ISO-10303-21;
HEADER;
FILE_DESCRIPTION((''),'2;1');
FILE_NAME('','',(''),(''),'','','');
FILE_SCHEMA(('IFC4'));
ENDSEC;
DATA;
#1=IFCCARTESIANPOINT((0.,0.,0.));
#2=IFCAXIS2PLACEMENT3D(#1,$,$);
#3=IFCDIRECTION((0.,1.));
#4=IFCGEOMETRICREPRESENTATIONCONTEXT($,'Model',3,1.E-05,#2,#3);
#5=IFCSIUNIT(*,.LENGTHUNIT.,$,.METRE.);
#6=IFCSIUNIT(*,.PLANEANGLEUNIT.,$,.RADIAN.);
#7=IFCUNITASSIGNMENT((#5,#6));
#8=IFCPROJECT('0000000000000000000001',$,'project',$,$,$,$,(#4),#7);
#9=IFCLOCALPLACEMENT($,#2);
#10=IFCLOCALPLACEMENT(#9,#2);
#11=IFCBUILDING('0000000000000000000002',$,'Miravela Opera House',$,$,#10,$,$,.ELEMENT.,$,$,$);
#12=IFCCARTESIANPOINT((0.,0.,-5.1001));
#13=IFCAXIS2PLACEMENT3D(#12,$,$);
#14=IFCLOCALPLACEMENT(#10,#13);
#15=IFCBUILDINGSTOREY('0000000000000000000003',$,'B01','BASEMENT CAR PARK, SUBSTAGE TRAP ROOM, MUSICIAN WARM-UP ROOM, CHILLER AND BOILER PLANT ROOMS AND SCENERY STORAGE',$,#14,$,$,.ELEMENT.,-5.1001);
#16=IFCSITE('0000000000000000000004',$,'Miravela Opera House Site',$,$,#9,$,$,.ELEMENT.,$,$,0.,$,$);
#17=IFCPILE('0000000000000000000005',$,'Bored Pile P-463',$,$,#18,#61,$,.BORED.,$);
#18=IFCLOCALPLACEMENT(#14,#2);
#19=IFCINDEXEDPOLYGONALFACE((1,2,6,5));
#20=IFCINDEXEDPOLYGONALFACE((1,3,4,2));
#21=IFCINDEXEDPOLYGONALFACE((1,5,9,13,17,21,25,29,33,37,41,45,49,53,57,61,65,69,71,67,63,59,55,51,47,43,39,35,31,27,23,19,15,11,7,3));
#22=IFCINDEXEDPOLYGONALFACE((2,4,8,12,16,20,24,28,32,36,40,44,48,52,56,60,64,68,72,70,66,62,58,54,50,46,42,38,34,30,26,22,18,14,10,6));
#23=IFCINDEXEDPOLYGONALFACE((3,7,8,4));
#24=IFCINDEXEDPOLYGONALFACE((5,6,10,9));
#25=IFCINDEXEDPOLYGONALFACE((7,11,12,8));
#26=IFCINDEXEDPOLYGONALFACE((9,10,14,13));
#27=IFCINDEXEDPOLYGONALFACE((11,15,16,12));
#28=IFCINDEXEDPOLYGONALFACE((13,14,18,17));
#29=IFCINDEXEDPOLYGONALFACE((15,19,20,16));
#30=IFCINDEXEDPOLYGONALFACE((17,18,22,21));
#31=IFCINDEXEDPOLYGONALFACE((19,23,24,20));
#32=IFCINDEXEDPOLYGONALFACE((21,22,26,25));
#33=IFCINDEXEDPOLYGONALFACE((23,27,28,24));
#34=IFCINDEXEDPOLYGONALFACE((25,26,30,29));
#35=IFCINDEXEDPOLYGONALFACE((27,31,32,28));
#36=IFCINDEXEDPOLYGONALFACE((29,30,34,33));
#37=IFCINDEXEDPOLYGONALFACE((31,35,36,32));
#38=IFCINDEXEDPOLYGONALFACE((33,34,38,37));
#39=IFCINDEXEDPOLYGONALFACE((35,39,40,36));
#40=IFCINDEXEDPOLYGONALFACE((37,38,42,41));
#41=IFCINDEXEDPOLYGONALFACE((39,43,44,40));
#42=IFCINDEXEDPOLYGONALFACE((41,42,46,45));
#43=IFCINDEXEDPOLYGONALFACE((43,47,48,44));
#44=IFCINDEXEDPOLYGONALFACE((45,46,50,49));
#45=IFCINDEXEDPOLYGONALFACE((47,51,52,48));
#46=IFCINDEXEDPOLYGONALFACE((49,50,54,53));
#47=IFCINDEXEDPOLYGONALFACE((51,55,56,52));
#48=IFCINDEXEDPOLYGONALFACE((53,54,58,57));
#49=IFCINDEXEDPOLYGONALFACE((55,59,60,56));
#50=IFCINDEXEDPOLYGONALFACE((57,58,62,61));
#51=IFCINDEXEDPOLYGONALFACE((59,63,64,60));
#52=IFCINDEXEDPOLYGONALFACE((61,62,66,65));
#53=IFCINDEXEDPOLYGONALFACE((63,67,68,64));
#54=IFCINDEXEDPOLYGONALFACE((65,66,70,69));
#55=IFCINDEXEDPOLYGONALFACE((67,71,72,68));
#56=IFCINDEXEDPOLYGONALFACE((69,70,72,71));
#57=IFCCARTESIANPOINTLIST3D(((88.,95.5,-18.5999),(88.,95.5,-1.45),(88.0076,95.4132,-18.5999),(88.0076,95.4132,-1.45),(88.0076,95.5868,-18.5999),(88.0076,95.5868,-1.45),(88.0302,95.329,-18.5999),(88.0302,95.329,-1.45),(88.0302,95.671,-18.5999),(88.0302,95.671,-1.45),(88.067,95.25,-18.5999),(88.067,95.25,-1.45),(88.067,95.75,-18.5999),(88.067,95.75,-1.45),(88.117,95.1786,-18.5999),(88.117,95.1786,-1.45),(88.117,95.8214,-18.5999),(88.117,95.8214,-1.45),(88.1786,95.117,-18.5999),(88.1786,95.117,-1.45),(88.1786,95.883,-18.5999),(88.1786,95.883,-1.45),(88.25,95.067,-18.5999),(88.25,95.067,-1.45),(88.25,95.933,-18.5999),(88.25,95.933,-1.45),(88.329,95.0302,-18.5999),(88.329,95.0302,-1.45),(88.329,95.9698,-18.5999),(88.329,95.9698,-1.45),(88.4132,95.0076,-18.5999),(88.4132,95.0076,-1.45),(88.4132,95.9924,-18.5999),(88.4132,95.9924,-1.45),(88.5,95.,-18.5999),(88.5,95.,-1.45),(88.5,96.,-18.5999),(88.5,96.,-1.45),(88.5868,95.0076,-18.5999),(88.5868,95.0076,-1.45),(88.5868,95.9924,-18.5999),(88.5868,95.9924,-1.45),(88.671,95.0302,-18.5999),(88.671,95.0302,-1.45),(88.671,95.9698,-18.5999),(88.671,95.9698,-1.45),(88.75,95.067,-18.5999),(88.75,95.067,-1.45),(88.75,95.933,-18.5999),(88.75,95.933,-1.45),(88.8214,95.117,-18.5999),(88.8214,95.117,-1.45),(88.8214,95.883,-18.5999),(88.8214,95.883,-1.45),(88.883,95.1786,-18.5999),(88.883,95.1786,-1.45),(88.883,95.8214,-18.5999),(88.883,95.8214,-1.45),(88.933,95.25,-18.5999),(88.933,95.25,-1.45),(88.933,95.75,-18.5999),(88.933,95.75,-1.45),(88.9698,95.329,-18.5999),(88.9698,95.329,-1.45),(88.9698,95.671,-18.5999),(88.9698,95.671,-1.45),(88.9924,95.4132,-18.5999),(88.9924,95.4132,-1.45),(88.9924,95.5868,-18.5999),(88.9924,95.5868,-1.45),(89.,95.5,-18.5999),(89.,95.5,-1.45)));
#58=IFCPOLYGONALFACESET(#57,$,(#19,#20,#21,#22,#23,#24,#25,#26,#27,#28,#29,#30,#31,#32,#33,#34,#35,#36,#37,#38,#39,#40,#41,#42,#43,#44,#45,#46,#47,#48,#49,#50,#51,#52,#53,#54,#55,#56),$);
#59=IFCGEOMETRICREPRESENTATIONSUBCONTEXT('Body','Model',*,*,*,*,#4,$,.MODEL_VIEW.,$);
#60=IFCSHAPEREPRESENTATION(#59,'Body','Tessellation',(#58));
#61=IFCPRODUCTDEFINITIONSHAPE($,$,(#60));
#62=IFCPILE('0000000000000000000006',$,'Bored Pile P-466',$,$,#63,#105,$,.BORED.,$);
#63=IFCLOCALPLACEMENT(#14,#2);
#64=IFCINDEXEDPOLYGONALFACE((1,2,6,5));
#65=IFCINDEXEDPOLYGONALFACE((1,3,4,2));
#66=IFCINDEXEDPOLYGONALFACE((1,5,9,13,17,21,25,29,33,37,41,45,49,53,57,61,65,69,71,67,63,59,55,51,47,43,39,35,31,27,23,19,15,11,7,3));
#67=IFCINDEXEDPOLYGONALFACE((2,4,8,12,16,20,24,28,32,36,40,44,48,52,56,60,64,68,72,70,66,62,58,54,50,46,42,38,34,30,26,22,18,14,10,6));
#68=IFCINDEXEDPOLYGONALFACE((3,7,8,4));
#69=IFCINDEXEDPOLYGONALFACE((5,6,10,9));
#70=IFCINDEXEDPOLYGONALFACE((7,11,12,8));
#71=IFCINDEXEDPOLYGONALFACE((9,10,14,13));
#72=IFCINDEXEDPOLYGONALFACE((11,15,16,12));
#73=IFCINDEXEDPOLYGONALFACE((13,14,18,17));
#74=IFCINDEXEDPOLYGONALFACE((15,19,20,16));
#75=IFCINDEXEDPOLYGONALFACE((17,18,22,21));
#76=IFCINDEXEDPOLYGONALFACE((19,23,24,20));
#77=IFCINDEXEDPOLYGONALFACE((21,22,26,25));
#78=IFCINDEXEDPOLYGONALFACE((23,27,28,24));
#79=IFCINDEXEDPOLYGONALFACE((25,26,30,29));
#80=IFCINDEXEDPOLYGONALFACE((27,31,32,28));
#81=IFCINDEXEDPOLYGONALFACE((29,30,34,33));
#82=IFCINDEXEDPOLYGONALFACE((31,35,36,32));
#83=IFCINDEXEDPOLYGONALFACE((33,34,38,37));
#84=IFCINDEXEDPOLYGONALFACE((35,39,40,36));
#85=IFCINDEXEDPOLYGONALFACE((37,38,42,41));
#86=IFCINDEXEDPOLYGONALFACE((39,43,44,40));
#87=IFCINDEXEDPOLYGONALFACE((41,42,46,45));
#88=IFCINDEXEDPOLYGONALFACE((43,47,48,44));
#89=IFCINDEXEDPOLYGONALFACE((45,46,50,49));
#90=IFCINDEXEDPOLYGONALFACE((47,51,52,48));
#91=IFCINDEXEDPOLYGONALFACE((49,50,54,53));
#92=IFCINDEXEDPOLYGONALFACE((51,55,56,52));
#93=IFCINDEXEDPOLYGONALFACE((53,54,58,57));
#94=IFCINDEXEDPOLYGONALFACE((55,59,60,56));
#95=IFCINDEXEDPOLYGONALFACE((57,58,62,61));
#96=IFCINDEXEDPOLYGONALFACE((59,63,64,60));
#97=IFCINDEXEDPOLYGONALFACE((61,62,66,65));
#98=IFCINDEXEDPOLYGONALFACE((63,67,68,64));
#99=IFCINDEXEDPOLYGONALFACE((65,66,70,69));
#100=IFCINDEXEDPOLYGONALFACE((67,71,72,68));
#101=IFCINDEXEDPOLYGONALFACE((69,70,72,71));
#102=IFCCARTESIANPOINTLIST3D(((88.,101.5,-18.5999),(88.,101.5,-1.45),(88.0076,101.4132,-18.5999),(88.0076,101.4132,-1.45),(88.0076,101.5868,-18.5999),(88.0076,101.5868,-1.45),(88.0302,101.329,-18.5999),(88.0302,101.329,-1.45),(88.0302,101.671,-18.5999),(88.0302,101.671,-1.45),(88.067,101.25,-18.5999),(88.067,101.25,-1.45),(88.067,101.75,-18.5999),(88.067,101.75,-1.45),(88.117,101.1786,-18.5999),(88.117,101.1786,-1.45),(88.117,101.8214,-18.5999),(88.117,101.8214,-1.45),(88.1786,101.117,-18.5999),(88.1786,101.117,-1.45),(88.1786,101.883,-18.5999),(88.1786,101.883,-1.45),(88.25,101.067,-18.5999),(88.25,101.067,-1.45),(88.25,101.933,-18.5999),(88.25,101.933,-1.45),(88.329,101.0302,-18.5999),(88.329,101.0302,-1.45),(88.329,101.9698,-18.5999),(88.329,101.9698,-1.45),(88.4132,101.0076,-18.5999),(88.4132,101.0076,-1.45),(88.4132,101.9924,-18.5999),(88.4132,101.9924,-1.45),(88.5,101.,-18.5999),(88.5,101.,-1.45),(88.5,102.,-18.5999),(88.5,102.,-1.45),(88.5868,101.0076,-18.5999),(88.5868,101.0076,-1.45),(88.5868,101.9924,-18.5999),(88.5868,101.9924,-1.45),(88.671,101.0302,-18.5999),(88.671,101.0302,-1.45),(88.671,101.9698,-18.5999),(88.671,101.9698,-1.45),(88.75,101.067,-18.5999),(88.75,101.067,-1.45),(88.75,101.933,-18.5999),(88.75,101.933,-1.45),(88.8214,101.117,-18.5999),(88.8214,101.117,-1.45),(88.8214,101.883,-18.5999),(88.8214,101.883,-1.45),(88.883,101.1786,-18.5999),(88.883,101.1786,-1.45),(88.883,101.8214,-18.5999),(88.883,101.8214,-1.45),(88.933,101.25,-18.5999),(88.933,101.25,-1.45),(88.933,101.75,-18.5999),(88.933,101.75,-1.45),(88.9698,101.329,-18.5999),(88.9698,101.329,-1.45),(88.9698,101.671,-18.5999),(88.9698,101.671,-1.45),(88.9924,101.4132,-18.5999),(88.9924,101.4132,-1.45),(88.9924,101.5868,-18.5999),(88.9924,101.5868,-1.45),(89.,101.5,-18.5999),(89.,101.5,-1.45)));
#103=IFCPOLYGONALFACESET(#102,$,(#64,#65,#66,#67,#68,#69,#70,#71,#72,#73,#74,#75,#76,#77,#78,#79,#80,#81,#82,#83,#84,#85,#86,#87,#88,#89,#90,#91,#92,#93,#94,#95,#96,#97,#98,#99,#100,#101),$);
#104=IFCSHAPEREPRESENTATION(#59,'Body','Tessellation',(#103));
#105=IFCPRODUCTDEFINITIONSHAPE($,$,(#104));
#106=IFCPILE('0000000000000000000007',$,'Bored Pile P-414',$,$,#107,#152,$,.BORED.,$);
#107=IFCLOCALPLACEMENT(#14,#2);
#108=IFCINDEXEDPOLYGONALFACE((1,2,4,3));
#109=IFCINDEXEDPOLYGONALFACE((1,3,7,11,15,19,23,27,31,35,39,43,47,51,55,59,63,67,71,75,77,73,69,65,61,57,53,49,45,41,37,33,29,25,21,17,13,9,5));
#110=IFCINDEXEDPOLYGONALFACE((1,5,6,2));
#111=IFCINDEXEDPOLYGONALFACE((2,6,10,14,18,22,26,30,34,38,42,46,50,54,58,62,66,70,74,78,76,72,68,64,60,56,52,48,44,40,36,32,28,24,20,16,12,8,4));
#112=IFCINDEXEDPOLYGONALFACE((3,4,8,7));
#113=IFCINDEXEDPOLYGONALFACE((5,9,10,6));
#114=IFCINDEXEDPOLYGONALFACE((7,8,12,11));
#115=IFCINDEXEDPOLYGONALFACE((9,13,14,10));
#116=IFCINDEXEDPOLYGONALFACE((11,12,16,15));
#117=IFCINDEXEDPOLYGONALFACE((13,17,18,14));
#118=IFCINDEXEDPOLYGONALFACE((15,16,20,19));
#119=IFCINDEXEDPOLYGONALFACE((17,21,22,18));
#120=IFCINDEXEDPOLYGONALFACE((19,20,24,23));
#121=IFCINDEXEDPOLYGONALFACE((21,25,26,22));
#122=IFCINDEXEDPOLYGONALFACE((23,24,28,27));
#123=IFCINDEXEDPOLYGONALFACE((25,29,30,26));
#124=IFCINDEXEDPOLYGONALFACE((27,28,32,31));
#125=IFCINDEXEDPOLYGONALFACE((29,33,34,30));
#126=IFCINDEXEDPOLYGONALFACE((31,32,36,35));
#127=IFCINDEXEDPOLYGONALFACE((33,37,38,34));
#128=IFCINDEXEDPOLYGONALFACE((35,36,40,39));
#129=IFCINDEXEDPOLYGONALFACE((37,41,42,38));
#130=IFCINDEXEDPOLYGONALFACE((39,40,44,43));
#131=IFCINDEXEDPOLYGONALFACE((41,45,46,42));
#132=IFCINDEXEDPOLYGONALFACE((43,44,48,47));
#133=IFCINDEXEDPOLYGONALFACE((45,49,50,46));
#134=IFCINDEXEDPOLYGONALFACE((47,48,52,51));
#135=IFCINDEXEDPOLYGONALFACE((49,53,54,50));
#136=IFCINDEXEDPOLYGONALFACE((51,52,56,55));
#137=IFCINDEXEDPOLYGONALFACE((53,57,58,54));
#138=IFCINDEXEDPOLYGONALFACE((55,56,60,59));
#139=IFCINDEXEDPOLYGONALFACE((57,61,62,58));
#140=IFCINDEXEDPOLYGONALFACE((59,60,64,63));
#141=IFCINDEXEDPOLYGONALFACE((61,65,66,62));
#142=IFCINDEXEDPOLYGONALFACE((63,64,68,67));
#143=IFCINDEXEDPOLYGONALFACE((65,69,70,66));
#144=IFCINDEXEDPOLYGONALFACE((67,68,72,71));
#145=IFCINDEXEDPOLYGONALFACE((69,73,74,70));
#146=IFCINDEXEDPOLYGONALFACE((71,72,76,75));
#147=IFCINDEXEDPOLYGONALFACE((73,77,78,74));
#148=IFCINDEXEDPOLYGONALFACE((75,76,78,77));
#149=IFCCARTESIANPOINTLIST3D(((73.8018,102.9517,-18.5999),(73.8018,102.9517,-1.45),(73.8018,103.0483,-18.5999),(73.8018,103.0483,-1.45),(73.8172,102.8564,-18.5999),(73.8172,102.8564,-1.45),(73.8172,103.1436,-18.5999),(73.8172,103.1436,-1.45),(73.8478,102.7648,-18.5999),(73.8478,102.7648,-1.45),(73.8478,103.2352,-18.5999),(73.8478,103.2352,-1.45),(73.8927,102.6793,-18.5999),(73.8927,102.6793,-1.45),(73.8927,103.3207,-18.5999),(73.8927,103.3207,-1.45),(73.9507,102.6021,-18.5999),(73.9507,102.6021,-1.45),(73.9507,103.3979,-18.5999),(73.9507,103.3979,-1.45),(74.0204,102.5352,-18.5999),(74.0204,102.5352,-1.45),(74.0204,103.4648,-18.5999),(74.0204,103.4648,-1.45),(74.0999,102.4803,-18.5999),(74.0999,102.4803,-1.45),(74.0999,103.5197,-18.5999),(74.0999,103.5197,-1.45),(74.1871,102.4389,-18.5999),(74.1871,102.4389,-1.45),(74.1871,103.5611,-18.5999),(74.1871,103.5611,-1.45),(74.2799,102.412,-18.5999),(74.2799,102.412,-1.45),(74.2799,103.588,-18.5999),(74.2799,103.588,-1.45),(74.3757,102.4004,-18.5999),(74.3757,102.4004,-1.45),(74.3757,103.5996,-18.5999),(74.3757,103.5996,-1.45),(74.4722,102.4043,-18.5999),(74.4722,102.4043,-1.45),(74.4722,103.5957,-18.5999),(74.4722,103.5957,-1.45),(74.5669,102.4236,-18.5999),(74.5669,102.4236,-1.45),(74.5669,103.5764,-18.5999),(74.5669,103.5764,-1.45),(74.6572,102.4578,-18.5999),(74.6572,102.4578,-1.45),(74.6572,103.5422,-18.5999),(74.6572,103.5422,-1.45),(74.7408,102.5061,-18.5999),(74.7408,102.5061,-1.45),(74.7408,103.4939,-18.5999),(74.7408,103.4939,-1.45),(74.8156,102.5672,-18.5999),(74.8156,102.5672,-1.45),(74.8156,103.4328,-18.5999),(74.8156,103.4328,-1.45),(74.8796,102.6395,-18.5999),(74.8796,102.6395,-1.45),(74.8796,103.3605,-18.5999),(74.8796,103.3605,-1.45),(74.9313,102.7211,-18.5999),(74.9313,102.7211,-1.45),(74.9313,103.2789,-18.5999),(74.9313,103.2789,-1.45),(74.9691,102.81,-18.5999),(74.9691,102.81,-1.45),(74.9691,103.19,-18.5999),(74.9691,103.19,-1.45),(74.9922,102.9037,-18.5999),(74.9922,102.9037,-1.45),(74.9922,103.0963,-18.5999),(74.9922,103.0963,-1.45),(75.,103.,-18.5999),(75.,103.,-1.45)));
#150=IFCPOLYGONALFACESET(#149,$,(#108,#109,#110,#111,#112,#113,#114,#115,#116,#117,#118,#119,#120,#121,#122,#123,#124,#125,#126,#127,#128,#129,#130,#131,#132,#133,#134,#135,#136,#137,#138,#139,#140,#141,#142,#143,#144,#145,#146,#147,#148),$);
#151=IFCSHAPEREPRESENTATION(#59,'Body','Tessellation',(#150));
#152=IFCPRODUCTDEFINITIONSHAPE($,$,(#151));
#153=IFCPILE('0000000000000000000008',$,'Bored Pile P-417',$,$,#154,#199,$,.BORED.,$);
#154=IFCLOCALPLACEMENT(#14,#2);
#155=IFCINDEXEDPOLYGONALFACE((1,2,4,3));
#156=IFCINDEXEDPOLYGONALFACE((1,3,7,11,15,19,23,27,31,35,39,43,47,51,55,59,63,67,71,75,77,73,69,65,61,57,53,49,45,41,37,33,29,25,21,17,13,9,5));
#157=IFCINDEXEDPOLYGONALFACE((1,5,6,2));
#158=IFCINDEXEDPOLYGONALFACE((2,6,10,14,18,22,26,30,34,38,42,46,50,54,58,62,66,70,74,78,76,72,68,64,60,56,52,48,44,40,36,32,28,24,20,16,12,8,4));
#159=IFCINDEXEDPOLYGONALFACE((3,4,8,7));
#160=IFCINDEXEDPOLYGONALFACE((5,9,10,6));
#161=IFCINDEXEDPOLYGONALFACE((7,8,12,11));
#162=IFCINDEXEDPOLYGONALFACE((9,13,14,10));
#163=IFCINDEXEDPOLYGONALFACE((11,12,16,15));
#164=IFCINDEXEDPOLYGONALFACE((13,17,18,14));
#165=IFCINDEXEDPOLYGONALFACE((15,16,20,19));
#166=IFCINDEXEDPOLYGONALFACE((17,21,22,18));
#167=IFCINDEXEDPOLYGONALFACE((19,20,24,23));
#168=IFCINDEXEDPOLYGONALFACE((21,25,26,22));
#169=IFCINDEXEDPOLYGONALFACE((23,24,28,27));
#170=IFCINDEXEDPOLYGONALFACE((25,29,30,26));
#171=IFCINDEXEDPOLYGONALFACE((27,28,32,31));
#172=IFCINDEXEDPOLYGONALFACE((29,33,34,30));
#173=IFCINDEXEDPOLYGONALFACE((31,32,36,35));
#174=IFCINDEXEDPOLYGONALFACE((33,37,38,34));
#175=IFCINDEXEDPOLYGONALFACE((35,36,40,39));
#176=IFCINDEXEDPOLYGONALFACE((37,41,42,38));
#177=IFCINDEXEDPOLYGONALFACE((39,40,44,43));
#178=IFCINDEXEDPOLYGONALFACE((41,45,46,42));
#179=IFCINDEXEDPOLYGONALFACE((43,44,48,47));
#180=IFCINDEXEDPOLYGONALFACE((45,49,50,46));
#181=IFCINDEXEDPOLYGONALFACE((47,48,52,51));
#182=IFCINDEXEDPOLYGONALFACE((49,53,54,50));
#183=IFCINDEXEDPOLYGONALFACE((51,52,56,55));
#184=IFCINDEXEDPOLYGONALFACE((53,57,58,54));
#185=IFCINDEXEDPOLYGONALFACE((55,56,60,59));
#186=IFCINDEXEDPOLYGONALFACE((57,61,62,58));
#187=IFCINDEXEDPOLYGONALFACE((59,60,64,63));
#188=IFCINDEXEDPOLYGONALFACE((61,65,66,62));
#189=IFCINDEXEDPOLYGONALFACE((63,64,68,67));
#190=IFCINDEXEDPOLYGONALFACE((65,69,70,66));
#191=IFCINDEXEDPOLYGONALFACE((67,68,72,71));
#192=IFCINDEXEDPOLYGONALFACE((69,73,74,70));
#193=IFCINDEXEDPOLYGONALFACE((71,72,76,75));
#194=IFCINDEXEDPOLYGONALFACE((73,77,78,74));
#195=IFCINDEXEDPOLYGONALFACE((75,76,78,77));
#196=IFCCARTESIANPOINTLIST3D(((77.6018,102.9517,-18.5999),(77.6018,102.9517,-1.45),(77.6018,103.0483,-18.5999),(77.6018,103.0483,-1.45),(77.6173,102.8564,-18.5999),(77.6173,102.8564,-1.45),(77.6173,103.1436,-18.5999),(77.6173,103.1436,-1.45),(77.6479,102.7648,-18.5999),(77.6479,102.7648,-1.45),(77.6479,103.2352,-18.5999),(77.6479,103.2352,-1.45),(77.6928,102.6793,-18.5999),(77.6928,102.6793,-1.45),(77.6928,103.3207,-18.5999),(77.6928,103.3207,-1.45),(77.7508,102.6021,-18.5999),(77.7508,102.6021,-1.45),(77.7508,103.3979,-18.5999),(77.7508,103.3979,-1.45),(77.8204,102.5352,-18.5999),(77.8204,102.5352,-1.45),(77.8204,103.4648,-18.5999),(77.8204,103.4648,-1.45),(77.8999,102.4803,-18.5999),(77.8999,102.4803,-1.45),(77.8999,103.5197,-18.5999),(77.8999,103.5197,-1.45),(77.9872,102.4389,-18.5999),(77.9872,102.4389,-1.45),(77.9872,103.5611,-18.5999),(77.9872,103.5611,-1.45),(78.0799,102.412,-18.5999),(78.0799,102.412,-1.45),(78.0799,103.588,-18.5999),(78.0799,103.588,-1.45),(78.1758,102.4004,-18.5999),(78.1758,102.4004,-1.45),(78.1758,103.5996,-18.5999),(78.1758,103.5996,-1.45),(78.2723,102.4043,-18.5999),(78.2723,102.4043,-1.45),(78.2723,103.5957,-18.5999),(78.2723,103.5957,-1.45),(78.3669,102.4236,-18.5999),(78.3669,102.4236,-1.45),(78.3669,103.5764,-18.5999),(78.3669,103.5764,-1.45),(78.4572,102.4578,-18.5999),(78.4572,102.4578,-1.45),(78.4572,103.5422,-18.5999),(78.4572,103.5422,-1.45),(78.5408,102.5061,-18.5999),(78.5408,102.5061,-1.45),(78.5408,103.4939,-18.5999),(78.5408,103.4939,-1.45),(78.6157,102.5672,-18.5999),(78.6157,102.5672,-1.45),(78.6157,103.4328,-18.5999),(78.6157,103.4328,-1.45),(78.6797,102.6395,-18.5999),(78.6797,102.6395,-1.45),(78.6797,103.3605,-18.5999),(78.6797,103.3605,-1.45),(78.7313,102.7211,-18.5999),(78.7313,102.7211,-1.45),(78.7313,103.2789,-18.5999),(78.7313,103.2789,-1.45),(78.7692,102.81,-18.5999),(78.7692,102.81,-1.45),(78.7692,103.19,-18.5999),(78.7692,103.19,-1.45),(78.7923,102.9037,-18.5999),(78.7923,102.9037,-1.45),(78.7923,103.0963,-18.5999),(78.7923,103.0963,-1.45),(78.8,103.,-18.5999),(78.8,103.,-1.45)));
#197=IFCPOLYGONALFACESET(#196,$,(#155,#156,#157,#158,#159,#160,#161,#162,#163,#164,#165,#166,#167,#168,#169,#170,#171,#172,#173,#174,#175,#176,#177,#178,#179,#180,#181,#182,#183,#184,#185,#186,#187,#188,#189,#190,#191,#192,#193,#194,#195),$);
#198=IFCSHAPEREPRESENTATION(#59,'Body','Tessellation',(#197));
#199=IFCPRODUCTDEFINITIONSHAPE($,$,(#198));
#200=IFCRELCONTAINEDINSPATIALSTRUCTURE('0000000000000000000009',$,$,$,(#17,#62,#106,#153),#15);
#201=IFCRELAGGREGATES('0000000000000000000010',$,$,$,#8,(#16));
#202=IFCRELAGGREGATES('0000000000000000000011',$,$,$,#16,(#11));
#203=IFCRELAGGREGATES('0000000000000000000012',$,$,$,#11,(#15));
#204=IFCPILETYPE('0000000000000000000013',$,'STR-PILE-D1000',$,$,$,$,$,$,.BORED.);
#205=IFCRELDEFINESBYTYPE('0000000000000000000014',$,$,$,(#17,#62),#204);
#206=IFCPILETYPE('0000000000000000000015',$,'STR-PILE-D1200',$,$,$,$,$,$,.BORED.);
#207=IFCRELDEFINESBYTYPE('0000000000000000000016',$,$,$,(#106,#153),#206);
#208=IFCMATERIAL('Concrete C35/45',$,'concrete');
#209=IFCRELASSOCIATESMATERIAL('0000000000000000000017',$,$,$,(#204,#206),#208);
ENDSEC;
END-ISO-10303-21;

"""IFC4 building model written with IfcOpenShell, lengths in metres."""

from ifc_helpers import new_model, si_unit, direction, frame, origin, origin_2d, place, context, subcontext, project, spatial, circle, extrude, material, material_profile, profile_set, type_object, element, save


model = new_model("IFC4")

# Units and contexts
model_context = context("Model", 3, precision=1e-05, world=origin(), true_north=direction((0.0, 1.0)))
body_context = subcontext(model_context, "Body", "Model", "MODEL_VIEW")
ifc_project = project(units=[si_unit("LENGTHUNIT", "METRE"), si_unit("PLANEANGLEUNIT", "RADIAN")], contexts=[model_context])

# Site, building, storey
site_placement = place(None, origin())
site = spatial("IfcSite", under=ifc_project, at=site_placement, Name="Miravela Opera House Site", CompositionType="ELEMENT", RefElevation=0.0)
building_placement = place(site_placement, origin())
building = spatial("IfcBuilding", under=site, at=building_placement, Name="Miravela Opera House", CompositionType="ELEMENT")
storey_placement = place(building_placement, frame((0.0, 0.0, -5.1001)))
storey = spatial("IfcBuildingStorey", under=building, at=storey_placement, Name="B01", Description="BASEMENT CAR PARK, SUBSTAGE TRAP ROOM, MUSICIAN WARM-UP ROOM, CHILLER AND BOILER PLANT ROOMS AND SCENERY STORAGE", CompositionType="ELEMENT", Elevation=-5.1001)

# Shared definitions
ifc_material_1 = material(Name="Concrete C35/45", Category="concrete")

# Piles
ifc_material_profile_1 = material_profile(ifc_material_1, circle(Radius=0.5, at=origin_2d()), Name="PILE-D1000")
ifc_profile_set_1 = profile_set([ifc_material_profile_1])
pile_type_1 = type_object("IfcPileType", Name="STR-PILE-D1000", PredefinedType="BORED", material=ifc_profile_set_1)
for number, where, z_axis, x_axis, name in (
    (1, (88.5, 95.5, -1.45), (0.0, 0.0, -1.0), (1.0, 0.0, 0.0), "Bored Pile P-463"),
    (2, (88.5, 101.5, -1.45), (0.0, 0.0, -1.0), (1.0, 0.0, 0.0), "Bored Pile P-466"),
):
    element("IfcPile", number, at=place(storey_placement, frame(where, z_axis=z_axis, x_axis=x_axis)), inside=storey, type_object=pile_type_1, Name=name, PredefinedType="BORED", context=body_context, shape_type="SweptSolid", body=[
        extrude(circle(Radius=0.5, at=origin_2d()), origin(), (0.0, 0.0, 1.0), 17.1499),
    ])
ifc_material_profile_2 = material_profile(ifc_material_1, circle(Radius=0.6001, at=origin_2d()), Name="PILE-D1200")
ifc_profile_set_2 = profile_set([ifc_material_profile_2])
pile_type_2 = type_object("IfcPileType", Name="STR-PILE-D1200", PredefinedType="BORED", material=ifc_profile_set_2)
for number, where, z_axis, x_axis, name in (
    (3, (74.3999, 103.0, -1.45), (0.0, 0.0, -1.0), (1.0, 0.0, 0.0), "Bored Pile P-414"),
    (4, (78.2, 103.0, -1.45), (0.0, 0.0, -1.0), (1.0, 0.0, 0.0), "Bored Pile P-417"),
):
    element("IfcPile", number, at=place(storey_placement, frame(where, z_axis=z_axis, x_axis=x_axis)), inside=storey, type_object=pile_type_2, Name=name, PredefinedType="BORED", context=body_context, shape_type="SweptSolid", body=[
        extrude(circle(Radius=0.6001, at=origin_2d()), origin(), (0.0, 0.0, 1.0), 17.1499),
    ])

save(model, "model.ifc")
